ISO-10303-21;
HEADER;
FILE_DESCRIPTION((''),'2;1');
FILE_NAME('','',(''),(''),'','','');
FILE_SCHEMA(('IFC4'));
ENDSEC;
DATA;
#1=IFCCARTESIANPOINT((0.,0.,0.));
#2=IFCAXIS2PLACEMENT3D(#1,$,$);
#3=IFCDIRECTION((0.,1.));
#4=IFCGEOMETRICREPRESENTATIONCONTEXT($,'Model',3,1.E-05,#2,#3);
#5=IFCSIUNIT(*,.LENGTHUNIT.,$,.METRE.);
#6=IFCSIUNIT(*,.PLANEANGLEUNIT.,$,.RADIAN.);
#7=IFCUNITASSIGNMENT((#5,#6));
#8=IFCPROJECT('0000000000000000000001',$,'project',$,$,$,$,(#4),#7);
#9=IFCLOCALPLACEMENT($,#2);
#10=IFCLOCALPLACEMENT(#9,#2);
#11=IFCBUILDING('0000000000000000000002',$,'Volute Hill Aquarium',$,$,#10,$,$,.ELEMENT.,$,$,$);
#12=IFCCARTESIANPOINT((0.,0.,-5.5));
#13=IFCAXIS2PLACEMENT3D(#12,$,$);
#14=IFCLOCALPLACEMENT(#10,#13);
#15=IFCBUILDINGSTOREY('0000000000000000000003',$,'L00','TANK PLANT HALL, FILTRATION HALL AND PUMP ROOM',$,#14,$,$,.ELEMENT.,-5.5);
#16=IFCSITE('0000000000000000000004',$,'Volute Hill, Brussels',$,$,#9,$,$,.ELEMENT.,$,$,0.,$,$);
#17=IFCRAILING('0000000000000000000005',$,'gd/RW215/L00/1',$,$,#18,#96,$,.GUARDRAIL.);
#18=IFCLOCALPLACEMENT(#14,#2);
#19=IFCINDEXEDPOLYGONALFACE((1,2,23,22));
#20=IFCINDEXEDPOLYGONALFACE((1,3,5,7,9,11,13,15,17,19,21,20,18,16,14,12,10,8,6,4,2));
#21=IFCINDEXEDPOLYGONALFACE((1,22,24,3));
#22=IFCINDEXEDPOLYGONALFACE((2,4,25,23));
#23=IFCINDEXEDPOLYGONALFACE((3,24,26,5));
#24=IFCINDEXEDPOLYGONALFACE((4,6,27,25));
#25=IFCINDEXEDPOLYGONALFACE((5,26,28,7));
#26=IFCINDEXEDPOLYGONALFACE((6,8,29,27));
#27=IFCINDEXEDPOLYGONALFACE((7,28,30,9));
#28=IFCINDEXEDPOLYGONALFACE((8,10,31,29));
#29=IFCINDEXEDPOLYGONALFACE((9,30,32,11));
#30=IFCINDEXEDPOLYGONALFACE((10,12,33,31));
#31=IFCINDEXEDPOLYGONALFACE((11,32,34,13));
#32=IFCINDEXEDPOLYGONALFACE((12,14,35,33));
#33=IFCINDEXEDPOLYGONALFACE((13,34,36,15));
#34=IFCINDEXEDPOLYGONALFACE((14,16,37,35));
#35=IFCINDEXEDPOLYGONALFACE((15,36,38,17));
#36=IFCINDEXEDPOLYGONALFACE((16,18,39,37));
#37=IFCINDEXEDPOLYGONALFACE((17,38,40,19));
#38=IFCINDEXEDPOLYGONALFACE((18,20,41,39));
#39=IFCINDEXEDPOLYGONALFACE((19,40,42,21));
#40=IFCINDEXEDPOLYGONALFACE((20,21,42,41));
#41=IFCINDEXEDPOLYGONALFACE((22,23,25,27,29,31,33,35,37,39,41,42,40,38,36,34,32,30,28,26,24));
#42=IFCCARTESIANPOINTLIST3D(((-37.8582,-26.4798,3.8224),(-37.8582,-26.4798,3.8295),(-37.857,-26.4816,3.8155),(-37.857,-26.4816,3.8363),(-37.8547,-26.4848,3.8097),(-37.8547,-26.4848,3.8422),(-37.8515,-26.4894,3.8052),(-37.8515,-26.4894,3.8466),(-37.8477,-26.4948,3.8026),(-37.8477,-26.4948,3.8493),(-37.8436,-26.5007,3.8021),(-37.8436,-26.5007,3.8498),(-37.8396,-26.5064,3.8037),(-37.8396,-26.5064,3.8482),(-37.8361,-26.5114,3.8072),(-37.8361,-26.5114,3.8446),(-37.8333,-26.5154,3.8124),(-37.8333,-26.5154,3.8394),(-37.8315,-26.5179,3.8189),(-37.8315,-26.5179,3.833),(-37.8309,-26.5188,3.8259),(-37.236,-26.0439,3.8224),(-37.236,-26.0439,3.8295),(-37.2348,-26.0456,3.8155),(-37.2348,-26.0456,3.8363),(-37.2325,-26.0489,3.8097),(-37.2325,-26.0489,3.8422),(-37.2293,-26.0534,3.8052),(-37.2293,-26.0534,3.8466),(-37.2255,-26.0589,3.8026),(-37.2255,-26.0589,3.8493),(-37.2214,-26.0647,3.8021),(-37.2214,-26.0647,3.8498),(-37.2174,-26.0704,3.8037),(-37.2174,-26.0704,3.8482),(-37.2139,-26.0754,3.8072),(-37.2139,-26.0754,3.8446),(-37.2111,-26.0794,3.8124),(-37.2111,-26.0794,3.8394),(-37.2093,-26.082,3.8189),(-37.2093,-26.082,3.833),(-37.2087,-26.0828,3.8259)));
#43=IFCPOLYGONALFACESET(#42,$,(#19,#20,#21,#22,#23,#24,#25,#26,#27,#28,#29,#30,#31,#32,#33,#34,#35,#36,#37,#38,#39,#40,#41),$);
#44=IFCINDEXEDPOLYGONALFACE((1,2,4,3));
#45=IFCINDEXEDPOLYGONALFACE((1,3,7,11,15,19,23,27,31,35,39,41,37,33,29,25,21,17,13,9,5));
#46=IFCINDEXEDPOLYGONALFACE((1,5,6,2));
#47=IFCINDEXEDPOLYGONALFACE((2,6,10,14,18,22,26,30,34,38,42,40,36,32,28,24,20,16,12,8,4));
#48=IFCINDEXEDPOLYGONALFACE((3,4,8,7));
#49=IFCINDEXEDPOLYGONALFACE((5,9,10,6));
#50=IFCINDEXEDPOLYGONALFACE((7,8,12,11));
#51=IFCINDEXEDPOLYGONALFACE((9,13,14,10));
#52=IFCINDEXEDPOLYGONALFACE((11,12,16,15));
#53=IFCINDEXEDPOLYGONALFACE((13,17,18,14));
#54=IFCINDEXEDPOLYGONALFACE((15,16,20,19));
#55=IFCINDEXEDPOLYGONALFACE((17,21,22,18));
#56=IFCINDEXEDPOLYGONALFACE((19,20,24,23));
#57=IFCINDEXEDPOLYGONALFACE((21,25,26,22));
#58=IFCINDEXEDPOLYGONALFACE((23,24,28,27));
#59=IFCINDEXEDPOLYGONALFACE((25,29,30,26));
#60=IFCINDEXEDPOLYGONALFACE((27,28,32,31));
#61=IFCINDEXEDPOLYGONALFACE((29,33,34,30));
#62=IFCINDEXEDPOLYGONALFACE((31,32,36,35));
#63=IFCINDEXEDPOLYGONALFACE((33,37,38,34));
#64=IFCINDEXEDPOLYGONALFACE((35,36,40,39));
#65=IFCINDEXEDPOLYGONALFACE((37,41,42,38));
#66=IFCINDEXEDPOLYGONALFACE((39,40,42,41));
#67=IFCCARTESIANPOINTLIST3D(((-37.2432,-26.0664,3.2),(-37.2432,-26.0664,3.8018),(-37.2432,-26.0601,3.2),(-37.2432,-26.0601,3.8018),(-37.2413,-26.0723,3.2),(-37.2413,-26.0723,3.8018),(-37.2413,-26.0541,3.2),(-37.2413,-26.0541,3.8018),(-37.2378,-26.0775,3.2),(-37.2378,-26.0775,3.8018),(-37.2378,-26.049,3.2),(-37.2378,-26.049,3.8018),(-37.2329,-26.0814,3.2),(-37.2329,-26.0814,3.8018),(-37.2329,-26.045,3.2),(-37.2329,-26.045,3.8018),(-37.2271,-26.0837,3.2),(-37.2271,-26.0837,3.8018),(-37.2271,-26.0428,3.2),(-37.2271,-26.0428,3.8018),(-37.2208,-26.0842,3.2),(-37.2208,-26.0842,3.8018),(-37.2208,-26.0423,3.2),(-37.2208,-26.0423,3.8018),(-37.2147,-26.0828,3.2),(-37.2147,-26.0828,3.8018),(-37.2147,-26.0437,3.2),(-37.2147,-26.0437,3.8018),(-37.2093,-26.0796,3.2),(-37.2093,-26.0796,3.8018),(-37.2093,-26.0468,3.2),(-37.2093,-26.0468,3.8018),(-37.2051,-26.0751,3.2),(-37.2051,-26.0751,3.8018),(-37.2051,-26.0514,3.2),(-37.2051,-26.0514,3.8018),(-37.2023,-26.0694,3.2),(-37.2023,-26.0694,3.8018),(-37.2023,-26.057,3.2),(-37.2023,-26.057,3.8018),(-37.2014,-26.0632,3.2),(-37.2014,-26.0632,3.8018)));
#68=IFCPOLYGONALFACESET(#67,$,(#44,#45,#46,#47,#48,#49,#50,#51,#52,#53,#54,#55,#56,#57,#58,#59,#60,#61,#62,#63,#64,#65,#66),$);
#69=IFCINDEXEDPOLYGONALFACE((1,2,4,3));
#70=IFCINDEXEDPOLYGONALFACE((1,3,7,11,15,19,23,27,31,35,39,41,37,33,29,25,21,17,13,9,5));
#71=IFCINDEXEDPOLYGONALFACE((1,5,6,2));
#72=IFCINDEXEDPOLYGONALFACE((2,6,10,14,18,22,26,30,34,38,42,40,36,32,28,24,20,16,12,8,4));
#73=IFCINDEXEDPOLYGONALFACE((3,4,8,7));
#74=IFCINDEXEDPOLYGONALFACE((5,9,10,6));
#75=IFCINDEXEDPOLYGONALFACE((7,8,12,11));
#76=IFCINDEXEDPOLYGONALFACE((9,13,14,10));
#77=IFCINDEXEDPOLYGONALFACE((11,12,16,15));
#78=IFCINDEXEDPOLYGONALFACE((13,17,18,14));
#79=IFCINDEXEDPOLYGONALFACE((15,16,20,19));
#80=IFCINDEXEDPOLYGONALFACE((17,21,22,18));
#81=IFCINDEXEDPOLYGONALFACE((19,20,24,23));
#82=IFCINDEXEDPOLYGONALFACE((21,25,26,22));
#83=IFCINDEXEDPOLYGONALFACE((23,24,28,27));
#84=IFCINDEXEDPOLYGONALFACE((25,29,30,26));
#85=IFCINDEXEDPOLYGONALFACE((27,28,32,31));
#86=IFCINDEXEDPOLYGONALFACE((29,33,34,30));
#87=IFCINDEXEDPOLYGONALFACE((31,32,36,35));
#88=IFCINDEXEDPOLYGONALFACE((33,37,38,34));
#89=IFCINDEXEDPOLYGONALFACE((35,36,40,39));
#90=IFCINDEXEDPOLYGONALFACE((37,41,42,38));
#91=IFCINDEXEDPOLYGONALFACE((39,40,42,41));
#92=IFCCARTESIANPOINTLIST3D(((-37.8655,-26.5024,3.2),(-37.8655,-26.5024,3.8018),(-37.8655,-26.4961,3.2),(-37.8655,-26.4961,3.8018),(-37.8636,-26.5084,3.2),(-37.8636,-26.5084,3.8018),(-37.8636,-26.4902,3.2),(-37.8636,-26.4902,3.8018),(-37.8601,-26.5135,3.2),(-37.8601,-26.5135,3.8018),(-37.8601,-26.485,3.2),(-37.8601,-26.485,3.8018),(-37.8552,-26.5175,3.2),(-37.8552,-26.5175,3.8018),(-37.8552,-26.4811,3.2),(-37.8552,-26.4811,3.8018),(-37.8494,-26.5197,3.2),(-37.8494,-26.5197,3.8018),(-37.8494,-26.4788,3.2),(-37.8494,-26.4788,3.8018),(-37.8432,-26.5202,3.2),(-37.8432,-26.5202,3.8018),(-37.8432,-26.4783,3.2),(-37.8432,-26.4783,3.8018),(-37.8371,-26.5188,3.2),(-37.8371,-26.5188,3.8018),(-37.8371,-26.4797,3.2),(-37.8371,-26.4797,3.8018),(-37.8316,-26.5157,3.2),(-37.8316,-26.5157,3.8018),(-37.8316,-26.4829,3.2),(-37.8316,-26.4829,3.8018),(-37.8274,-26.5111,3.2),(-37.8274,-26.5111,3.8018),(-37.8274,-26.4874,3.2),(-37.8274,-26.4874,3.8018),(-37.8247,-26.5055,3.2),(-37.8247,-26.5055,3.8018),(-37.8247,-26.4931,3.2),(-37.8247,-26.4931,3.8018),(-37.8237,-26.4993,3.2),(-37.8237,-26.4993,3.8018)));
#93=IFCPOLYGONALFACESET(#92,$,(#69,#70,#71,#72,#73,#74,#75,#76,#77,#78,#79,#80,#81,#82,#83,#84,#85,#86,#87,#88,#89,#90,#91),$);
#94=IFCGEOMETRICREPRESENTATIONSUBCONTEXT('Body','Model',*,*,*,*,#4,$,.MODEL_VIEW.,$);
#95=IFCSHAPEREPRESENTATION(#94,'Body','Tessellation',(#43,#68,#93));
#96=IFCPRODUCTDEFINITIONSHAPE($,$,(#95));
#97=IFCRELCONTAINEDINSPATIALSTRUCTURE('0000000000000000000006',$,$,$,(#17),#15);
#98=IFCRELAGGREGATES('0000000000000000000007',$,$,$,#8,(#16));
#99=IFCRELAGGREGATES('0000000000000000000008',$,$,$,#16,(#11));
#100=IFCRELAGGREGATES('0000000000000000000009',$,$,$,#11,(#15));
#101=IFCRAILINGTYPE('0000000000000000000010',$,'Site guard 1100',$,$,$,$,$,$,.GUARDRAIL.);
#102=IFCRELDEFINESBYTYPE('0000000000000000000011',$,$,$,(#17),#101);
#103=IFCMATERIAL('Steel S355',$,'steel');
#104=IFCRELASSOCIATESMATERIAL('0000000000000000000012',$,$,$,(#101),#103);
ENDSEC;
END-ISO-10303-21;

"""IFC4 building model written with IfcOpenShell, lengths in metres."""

from ifc_helpers import new_model, si_unit, direction, frame, origin, origin_2d, place, context, subcontext, project, spatial, circle, extrude, material, type_object, element, save


model = new_model("IFC4")

# Units and contexts
model_context = context("Model", 3, precision=1e-05, world=origin(), true_north=direction((0.0, 1.0)))
body_context = subcontext(model_context, "Body", "Model", "MODEL_VIEW")
ifc_project = project(units=[si_unit("LENGTHUNIT", "METRE"), si_unit("PLANEANGLEUNIT", "RADIAN")], contexts=[model_context])

# Site, building, storey
site_placement = place(None, origin())
site = spatial("IfcSite", under=ifc_project, at=site_placement, Name="Volute Hill, Brussels", CompositionType="ELEMENT", RefElevation=0.0)
building_placement = place(site_placement, origin())
building = spatial("IfcBuilding", under=site, at=building_placement, Name="Volute Hill Aquarium", CompositionType="ELEMENT")
storey_placement = place(building_placement, frame((0.0, 0.0, -5.5)))
storey = spatial("IfcBuildingStorey", under=building, at=storey_placement, Name="L00", Description="TANK PLANT HALL, FILTRATION HALL AND PUMP ROOM", CompositionType="ELEMENT", Elevation=-5.5)

# Railing
ifc_material_1 = material(Name="Steel S355", Category="steel")
railing_type = type_object("IfcRailingType", Name="Site guard 1100", PredefinedType="GUARDRAIL", material=ifc_material_1)
railing_1_placement = place(storey_placement, frame((-37.2224, -26.0632, 3.2)))
element("IfcRailing", 1, at=railing_1_placement, inside=storey, type_object=railing_type, Name="gd/RW215/L00/1", PredefinedType="GUARDRAIL", context=body_context, shape_type="SweptSolid", body=[
    extrude(circle(Radius=0.0239, at=origin_2d()), frame((0.0, 0.0, 0.626), z_axis=(-0.818975, -0.573829, 0.0), x_axis=(0.573829, -0.818975, 0.0)), (0.0, 0.0, 1.0), 0.7598),
    extrude(circle(Radius=0.021, at=origin_2d()), origin(), (0.0, 0.0, 1.0), 0.6018),
    extrude(circle(Radius=0.021, at=origin_2d()), frame((-0.6223, -0.436, 0.0)), (0.0, 0.0, 1.0), 0.6018),
])

save(model, "model.ifc")
